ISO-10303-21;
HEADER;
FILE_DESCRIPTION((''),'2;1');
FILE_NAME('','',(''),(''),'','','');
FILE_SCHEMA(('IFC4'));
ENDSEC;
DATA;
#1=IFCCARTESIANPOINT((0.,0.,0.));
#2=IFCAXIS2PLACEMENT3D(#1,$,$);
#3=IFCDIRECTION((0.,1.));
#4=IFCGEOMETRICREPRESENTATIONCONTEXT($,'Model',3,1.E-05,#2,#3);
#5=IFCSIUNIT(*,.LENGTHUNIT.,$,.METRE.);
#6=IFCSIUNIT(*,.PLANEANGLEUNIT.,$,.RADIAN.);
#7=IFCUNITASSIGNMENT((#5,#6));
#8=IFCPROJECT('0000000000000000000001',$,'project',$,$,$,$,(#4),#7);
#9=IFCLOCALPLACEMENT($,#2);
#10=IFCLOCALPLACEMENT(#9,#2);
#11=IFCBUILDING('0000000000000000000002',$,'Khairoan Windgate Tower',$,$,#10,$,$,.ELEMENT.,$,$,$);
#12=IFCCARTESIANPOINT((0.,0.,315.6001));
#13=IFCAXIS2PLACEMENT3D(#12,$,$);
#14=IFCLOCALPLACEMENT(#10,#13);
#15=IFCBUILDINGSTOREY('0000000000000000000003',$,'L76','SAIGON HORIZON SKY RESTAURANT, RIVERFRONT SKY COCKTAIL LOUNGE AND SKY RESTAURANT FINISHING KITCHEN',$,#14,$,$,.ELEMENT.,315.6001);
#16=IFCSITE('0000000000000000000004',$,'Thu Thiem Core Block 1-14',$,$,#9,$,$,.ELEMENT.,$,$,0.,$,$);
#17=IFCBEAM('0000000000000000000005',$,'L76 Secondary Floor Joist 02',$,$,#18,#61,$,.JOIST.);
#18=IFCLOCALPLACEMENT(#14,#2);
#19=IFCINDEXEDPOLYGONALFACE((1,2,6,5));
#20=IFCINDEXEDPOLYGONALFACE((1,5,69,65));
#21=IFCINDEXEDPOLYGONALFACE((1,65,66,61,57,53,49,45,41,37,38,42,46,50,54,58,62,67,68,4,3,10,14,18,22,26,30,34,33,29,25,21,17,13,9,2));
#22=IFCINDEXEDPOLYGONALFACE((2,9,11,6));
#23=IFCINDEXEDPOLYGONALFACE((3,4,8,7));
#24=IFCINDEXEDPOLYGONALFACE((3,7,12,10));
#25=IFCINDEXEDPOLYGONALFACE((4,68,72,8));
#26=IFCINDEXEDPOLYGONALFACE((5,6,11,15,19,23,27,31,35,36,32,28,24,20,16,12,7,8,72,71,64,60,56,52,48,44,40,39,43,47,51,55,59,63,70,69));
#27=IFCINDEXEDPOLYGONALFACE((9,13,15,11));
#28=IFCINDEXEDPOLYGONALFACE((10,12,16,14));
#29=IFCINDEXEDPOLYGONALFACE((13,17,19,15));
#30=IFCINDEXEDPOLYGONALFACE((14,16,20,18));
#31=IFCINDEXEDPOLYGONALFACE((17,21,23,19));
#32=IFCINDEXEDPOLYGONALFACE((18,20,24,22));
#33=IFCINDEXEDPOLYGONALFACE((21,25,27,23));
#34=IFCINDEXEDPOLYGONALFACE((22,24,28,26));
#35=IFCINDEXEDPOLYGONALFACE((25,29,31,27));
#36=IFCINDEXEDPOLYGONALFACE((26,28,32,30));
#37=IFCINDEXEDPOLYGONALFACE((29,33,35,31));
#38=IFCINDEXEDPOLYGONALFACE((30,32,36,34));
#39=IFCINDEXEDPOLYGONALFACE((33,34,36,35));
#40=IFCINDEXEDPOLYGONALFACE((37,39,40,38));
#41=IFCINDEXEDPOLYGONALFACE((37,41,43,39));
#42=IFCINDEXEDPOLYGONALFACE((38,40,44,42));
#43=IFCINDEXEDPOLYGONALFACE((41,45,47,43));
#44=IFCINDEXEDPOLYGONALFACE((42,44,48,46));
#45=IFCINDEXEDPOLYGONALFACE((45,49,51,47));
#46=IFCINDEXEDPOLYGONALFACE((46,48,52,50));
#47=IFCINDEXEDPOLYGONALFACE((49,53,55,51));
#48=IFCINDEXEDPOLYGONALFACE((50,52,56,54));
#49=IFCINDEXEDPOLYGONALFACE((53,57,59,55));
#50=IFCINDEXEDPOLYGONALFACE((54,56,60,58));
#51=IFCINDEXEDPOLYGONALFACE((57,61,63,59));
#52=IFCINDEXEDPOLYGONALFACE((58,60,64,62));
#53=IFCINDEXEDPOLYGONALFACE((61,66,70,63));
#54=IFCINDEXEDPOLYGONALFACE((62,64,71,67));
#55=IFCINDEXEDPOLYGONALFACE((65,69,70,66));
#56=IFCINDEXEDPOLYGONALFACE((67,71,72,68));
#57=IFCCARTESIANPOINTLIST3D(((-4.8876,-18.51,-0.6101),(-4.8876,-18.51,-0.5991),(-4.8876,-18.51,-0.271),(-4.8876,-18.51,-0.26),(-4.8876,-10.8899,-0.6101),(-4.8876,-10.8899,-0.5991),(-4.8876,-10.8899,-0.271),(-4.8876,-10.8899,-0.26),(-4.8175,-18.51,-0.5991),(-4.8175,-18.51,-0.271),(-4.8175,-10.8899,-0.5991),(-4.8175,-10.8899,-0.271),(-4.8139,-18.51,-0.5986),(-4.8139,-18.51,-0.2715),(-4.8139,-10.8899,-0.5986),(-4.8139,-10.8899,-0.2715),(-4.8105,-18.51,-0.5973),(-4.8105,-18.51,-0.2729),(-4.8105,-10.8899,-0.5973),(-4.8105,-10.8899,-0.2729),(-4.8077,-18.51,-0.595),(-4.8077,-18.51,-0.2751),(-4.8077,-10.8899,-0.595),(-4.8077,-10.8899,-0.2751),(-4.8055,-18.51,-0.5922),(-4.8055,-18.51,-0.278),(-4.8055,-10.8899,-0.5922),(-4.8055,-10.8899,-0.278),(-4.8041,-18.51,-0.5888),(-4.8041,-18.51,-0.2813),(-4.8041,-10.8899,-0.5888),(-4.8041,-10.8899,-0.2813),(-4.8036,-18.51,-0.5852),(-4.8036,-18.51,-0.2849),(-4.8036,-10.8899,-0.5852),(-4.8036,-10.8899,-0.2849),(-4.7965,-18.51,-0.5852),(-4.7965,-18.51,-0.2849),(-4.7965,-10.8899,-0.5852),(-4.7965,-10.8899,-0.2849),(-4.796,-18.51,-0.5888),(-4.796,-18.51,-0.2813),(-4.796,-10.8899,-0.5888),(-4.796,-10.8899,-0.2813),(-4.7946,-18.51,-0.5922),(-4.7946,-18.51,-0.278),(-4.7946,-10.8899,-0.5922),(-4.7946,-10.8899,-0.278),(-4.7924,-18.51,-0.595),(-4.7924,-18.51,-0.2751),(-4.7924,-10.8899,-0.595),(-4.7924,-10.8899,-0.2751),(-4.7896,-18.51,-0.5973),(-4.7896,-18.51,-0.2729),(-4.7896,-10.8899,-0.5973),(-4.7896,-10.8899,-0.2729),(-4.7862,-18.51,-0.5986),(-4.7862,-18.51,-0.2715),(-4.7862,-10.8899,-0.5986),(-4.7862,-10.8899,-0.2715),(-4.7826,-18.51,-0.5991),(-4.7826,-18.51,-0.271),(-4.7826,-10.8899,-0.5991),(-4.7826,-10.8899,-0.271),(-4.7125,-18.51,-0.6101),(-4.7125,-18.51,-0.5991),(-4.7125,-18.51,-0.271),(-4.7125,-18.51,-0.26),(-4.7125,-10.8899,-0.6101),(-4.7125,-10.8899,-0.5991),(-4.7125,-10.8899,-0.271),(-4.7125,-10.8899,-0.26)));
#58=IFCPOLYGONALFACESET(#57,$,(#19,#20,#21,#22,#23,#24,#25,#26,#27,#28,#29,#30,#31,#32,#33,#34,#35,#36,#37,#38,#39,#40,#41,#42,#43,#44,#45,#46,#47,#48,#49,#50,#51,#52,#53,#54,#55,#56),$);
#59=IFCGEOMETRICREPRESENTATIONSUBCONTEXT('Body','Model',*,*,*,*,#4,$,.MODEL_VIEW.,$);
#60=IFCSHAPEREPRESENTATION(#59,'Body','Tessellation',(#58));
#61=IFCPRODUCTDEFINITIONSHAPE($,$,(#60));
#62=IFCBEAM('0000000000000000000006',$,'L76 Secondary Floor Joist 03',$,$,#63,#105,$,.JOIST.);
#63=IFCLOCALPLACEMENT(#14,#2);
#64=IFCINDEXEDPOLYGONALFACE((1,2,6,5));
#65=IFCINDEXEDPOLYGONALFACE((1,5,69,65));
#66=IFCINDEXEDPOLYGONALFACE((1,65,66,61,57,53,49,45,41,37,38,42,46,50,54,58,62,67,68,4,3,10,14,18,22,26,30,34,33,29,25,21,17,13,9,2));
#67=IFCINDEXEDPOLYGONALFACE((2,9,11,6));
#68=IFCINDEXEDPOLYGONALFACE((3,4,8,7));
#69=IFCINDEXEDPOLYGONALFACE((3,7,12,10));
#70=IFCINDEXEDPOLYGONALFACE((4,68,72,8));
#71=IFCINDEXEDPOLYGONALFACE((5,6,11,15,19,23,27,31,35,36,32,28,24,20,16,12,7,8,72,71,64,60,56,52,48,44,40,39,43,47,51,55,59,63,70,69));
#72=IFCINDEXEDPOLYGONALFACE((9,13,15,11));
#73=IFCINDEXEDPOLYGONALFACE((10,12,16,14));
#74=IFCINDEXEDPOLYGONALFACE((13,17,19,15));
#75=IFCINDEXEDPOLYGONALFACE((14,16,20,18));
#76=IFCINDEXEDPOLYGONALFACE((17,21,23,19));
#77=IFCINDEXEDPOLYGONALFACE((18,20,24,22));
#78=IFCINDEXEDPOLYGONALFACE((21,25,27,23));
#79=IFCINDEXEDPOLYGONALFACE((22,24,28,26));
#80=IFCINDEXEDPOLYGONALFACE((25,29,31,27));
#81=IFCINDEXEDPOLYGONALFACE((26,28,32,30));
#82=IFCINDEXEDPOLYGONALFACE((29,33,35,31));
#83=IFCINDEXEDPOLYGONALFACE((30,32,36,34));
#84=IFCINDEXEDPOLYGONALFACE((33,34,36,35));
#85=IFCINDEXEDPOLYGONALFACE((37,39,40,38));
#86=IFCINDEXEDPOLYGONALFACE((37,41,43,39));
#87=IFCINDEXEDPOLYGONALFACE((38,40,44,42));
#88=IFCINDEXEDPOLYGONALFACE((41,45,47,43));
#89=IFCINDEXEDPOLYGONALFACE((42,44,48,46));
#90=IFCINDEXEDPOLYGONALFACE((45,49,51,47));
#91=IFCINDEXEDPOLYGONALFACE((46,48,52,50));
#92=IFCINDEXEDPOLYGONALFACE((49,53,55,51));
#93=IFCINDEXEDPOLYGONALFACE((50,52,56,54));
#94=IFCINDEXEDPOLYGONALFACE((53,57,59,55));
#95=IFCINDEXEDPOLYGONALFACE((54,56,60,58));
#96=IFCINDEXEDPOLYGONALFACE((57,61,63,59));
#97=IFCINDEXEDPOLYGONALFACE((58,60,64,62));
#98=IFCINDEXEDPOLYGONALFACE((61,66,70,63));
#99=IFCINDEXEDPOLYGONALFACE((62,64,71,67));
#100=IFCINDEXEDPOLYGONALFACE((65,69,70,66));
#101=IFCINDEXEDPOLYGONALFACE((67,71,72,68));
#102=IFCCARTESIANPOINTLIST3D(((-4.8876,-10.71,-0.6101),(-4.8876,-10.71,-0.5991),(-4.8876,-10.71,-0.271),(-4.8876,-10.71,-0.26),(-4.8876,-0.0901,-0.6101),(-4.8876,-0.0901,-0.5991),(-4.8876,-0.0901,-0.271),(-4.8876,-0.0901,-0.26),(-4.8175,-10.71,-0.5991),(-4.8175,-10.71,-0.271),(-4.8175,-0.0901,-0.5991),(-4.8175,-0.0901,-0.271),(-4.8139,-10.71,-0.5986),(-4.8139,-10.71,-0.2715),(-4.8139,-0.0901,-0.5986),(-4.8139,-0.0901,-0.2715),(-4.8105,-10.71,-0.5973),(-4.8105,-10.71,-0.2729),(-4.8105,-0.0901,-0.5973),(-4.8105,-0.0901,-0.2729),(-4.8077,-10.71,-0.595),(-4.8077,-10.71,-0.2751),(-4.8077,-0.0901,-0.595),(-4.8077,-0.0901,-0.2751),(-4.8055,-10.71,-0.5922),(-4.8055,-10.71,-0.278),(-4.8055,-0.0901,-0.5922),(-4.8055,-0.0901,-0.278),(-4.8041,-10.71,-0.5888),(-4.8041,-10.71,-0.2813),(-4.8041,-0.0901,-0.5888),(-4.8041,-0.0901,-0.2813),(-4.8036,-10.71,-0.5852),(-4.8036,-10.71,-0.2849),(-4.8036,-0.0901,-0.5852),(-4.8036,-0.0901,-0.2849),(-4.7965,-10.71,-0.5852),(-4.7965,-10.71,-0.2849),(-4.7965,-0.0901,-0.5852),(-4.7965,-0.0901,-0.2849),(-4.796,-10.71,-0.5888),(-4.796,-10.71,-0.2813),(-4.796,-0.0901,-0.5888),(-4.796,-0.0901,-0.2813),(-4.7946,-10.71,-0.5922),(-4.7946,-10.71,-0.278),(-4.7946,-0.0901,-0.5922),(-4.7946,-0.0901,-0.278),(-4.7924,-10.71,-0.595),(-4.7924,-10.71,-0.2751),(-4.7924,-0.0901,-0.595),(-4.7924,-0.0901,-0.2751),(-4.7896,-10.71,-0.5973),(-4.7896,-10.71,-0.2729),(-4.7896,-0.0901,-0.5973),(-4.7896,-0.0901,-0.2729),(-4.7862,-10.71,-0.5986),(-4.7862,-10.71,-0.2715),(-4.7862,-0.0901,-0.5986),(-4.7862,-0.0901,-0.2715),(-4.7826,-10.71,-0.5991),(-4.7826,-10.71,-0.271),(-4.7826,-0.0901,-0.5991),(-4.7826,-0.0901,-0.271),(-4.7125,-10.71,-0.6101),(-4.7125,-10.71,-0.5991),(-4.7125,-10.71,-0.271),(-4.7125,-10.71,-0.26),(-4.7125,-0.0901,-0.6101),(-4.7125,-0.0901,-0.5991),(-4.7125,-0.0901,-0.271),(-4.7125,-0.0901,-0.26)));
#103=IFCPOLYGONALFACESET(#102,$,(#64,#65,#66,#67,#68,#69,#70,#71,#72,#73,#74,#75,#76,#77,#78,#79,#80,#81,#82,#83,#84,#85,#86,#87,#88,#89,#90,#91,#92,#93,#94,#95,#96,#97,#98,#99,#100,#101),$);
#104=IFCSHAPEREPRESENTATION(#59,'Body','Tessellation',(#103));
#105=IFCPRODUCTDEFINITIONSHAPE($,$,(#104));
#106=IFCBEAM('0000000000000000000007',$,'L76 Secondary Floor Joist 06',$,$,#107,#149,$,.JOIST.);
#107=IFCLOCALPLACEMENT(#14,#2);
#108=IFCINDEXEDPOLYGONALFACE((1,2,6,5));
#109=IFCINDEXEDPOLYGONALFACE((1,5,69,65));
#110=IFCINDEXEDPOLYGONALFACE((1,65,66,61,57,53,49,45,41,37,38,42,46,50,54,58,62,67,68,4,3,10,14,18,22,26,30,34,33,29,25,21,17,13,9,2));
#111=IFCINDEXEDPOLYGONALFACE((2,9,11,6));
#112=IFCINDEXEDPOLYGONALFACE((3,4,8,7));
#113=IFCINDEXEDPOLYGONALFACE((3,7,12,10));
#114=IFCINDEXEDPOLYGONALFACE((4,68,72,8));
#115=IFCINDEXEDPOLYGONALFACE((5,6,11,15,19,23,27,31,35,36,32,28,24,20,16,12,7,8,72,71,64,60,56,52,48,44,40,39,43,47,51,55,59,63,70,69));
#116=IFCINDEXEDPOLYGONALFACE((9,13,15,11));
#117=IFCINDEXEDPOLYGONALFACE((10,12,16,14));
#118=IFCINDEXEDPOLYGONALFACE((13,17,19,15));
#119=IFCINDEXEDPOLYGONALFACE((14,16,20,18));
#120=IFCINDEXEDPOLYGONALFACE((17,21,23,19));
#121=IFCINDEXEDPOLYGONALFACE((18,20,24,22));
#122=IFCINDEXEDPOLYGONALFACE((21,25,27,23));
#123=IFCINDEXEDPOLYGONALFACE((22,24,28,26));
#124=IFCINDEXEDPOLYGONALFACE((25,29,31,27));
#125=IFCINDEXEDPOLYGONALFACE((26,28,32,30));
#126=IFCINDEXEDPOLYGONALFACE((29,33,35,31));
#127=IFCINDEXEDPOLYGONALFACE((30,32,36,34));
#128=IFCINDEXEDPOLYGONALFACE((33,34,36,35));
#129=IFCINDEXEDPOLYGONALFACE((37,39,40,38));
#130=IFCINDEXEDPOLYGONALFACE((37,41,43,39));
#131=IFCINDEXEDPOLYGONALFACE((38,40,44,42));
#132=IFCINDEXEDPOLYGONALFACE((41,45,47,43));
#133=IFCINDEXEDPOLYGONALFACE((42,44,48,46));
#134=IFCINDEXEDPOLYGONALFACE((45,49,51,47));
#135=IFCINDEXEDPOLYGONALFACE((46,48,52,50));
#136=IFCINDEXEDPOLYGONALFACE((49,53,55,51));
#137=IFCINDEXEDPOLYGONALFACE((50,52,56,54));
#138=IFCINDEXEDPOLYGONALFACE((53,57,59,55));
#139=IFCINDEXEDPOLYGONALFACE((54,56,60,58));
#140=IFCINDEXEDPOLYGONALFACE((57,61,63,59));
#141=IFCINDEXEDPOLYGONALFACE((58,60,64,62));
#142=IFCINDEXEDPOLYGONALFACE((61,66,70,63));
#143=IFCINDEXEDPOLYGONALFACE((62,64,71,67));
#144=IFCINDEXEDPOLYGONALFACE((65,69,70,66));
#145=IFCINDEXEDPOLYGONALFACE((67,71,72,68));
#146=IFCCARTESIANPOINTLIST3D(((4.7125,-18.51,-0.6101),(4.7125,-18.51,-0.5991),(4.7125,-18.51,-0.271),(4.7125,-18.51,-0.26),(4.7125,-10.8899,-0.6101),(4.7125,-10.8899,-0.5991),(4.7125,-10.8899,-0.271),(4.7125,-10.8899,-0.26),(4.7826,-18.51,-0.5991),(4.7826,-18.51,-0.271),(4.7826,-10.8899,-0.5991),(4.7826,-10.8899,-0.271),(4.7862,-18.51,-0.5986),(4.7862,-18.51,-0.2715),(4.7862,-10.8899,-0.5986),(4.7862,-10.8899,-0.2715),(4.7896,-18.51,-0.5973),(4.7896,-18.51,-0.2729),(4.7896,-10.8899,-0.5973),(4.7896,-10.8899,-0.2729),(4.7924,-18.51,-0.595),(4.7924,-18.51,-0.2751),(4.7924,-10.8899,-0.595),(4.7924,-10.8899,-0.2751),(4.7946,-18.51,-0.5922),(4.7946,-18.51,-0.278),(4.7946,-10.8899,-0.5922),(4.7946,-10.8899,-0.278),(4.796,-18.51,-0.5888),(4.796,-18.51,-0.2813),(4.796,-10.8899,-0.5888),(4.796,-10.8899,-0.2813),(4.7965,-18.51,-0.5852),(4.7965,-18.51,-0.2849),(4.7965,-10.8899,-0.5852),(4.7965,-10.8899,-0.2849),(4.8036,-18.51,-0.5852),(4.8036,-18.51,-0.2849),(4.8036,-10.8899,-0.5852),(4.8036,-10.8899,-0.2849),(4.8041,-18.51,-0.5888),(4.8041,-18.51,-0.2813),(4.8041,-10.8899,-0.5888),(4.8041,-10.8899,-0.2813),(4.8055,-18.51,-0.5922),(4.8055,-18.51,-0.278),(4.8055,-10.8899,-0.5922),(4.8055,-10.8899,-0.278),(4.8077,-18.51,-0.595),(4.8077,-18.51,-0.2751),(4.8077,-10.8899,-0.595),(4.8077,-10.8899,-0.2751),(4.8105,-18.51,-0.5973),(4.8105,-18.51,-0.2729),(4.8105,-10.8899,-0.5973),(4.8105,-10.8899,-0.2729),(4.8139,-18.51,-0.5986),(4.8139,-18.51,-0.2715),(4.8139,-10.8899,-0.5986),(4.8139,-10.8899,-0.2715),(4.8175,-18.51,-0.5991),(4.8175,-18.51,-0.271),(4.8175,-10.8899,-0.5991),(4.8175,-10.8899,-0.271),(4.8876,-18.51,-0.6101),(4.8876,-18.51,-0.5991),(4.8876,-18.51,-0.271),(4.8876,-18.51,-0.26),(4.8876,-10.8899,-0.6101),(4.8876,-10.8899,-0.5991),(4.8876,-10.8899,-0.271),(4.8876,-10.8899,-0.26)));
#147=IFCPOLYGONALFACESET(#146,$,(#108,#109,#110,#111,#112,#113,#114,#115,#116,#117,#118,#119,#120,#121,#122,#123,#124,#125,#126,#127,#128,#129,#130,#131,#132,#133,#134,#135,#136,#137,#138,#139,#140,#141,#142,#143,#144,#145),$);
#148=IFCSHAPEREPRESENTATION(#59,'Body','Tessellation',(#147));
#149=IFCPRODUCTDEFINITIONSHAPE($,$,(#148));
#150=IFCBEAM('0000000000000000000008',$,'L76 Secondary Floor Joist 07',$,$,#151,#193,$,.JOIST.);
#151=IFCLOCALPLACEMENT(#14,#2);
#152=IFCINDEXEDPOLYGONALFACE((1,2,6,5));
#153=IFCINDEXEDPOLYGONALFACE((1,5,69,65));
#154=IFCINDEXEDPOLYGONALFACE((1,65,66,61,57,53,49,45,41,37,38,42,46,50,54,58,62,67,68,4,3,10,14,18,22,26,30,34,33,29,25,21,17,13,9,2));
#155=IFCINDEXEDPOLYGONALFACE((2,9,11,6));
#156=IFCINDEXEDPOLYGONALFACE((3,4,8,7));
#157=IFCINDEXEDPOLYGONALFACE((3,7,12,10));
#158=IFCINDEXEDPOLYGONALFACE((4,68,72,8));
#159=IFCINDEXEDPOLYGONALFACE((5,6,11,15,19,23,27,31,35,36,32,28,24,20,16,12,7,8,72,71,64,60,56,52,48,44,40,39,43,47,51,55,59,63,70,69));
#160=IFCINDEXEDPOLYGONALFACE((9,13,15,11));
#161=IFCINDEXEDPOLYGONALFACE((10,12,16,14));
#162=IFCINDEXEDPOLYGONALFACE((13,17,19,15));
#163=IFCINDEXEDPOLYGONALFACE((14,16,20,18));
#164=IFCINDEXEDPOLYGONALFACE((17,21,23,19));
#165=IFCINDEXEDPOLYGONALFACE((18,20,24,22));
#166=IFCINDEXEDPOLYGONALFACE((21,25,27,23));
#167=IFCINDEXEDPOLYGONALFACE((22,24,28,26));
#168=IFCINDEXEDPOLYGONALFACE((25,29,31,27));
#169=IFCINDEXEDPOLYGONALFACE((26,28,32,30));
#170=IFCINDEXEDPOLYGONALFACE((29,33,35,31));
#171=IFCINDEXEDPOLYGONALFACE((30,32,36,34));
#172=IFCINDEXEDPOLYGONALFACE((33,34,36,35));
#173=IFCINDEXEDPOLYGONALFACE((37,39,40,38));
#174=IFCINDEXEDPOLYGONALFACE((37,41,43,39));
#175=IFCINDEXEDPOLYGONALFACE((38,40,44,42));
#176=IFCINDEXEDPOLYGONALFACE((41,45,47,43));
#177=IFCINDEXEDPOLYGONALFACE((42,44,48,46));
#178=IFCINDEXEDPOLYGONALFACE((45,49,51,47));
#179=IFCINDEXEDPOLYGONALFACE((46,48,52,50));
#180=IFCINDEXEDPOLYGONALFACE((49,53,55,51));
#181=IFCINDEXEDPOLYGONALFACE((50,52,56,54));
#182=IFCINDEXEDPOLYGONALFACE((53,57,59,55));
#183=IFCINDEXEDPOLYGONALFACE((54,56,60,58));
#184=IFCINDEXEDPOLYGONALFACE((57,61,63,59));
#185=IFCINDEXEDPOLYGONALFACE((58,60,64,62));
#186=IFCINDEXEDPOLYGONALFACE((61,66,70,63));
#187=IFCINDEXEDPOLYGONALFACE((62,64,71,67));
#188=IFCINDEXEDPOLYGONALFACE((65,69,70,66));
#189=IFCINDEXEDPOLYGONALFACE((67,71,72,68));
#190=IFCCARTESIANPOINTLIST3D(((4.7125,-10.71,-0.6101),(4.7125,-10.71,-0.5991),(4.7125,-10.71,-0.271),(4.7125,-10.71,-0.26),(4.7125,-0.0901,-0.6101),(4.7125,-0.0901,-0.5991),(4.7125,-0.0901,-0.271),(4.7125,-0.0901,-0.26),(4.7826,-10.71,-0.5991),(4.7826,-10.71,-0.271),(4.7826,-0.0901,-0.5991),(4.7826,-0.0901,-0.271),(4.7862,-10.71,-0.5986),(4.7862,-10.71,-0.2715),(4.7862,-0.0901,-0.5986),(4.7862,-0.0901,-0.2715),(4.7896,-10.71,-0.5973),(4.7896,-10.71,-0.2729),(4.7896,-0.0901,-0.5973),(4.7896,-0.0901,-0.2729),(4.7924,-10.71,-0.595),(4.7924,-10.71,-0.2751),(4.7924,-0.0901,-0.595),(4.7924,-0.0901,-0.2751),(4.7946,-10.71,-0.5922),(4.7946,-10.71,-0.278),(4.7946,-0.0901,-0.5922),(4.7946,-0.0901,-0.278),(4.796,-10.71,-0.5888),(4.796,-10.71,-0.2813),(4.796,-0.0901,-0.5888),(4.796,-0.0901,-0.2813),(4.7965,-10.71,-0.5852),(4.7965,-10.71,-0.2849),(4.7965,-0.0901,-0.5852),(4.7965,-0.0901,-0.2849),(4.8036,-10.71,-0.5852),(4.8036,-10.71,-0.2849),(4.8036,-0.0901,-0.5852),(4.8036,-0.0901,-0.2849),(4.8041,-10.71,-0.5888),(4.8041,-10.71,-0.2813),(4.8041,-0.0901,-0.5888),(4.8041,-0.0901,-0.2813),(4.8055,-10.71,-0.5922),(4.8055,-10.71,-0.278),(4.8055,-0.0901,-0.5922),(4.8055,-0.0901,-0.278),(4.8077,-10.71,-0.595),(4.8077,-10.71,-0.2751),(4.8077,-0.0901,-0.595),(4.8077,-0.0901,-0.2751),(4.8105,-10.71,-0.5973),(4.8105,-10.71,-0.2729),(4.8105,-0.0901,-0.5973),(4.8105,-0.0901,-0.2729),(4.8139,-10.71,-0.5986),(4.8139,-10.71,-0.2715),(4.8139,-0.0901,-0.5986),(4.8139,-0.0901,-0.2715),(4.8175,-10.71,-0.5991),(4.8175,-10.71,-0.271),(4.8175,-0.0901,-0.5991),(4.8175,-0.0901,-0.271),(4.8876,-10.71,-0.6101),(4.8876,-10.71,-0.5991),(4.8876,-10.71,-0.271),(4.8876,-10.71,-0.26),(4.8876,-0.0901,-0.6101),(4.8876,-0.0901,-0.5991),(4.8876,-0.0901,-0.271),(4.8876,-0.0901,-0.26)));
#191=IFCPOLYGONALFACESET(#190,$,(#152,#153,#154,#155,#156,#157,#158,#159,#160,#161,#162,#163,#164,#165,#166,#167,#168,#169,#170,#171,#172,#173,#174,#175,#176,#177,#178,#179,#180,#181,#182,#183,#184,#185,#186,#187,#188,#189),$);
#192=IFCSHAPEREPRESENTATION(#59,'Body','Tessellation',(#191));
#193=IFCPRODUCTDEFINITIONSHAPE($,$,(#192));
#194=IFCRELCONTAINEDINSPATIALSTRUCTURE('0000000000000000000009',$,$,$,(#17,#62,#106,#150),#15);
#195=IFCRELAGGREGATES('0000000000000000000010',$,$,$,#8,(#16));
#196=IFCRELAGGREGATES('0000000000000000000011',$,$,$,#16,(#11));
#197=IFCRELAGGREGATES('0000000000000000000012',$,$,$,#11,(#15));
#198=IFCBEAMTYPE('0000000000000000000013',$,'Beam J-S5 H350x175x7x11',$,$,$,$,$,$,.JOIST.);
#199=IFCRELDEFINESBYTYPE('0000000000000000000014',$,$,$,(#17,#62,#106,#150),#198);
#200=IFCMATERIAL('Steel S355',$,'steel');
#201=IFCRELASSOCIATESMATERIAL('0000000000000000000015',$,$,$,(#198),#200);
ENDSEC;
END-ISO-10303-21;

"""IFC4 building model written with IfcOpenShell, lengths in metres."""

from ifc_helpers import new_model, si_unit, direction, frame, origin, origin_2d, place, context, subcontext, project, spatial, i_section, extrude, material, material_profile, profile_set, type_object, element, save


model = new_model("IFC4")

# Units and contexts
model_context = context("Model", 3, precision=1e-05, world=origin(), true_north=direction((0.0, 1.0)))
body_context = subcontext(model_context, "Body", "Model", "MODEL_VIEW")
ifc_project = project(units=[si_unit("LENGTHUNIT", "METRE"), si_unit("PLANEANGLEUNIT", "RADIAN")], contexts=[model_context])

# Site, building, storey
site_placement = place(None, origin())
site = spatial("IfcSite", under=ifc_project, at=site_placement, Name="Thu Thiem Core Block 1-14", CompositionType="ELEMENT", RefElevation=0.0)
building_placement = place(site_placement, origin())
building = spatial("IfcBuilding", under=site, at=building_placement, Name="Khairoan Windgate Tower", CompositionType="ELEMENT")
storey_placement = place(building_placement, frame((0.0, 0.0, 315.6001)))
storey = spatial("IfcBuildingStorey", under=building, at=storey_placement, Name="L76", Description="SAIGON HORIZON SKY RESTAURANT, RIVERFRONT SKY COCKTAIL LOUNGE AND SKY RESTAURANT FINISHING KITCHEN", CompositionType="ELEMENT", Elevation=315.6001)

# Beams
ifc_material_1 = material(Name="Steel S355", Category="steel")
ifc_material_profile_1 = material_profile(ifc_material_1, i_section(OverallWidth=0.175, OverallDepth=0.3501, WebThickness=0.0071, FlangeThickness=0.011, FilletRadius=0.0139, at=origin_2d()))
ifc_profile_set_1 = profile_set([ifc_material_profile_1], Name="Steel S355")
beam_type_1 = type_object("IfcBeamType", Name="Beam J-S5 H350x175x7x11", PredefinedType="JOIST", material=ifc_profile_set_1)
beam_1_placement = place(storey_placement, frame((-4.8, -18.51, -0.4351), z_axis=(0.0, 1.0, 0.0), x_axis=(-1.0, 0.0, 0.0)))
element("IfcBeam", 1, at=beam_1_placement, inside=storey, type_object=beam_type_1, Name="L76 Secondary Floor Joist 02", PredefinedType="JOIST", context=body_context, shape_type="SweptSolid", body=[
    extrude(i_section(OverallWidth=0.175, OverallDepth=0.3501, WebThickness=0.0071, FlangeThickness=0.011, FilletRadius=0.0139, at=origin_2d()), origin(), (0.0, 0.0, 1.0), 7.6201),
])
beam_2_placement = place(storey_placement, frame((-4.8, -10.71, -0.4351), z_axis=(0.0, 1.0, 0.0), x_axis=(-1.0, 0.0, 0.0)))
element("IfcBeam", 2, at=beam_2_placement, inside=storey, type_object=beam_type_1, Name="L76 Secondary Floor Joist 03", PredefinedType="JOIST", context=body_context, shape_type="SweptSolid", body=[
    extrude(i_section(OverallWidth=0.175, OverallDepth=0.3501, WebThickness=0.0071, FlangeThickness=0.011, FilletRadius=0.0139, at=origin_2d()), origin(), (0.0, 0.0, 1.0), 10.6199),
])
beam_3_placement = place(storey_placement, frame((4.8, -18.51, -0.4351), z_axis=(0.0, 1.0, 0.0), x_axis=(-1.0, 0.0, 0.0)))
element("IfcBeam", 3, at=beam_3_placement, inside=storey, type_object=beam_type_1, Name="L76 Secondary Floor Joist 06", PredefinedType="JOIST", context=body_context, shape_type="SweptSolid", body=[
    extrude(i_section(OverallWidth=0.175, OverallDepth=0.3501, WebThickness=0.0071, FlangeThickness=0.011, FilletRadius=0.0139, at=origin_2d()), origin(), (0.0, 0.0, 1.0), 7.6201),
])
beam_4_placement = place(storey_placement, frame((4.8, -10.71, -0.4351), z_axis=(0.0, 1.0, 0.0), x_axis=(-1.0, 0.0, 0.0)))
element("IfcBeam", 4, at=beam_4_placement, inside=storey, type_object=beam_type_1, Name="L76 Secondary Floor Joist 07", PredefinedType="JOIST", context=body_context, shape_type="SweptSolid", body=[
    extrude(i_section(OverallWidth=0.175, OverallDepth=0.3501, WebThickness=0.0071, FlangeThickness=0.011, FilletRadius=0.0139, at=origin_2d()), origin(), (0.0, 0.0, 1.0), 10.6199),
])

save(model, "model.ifc")
